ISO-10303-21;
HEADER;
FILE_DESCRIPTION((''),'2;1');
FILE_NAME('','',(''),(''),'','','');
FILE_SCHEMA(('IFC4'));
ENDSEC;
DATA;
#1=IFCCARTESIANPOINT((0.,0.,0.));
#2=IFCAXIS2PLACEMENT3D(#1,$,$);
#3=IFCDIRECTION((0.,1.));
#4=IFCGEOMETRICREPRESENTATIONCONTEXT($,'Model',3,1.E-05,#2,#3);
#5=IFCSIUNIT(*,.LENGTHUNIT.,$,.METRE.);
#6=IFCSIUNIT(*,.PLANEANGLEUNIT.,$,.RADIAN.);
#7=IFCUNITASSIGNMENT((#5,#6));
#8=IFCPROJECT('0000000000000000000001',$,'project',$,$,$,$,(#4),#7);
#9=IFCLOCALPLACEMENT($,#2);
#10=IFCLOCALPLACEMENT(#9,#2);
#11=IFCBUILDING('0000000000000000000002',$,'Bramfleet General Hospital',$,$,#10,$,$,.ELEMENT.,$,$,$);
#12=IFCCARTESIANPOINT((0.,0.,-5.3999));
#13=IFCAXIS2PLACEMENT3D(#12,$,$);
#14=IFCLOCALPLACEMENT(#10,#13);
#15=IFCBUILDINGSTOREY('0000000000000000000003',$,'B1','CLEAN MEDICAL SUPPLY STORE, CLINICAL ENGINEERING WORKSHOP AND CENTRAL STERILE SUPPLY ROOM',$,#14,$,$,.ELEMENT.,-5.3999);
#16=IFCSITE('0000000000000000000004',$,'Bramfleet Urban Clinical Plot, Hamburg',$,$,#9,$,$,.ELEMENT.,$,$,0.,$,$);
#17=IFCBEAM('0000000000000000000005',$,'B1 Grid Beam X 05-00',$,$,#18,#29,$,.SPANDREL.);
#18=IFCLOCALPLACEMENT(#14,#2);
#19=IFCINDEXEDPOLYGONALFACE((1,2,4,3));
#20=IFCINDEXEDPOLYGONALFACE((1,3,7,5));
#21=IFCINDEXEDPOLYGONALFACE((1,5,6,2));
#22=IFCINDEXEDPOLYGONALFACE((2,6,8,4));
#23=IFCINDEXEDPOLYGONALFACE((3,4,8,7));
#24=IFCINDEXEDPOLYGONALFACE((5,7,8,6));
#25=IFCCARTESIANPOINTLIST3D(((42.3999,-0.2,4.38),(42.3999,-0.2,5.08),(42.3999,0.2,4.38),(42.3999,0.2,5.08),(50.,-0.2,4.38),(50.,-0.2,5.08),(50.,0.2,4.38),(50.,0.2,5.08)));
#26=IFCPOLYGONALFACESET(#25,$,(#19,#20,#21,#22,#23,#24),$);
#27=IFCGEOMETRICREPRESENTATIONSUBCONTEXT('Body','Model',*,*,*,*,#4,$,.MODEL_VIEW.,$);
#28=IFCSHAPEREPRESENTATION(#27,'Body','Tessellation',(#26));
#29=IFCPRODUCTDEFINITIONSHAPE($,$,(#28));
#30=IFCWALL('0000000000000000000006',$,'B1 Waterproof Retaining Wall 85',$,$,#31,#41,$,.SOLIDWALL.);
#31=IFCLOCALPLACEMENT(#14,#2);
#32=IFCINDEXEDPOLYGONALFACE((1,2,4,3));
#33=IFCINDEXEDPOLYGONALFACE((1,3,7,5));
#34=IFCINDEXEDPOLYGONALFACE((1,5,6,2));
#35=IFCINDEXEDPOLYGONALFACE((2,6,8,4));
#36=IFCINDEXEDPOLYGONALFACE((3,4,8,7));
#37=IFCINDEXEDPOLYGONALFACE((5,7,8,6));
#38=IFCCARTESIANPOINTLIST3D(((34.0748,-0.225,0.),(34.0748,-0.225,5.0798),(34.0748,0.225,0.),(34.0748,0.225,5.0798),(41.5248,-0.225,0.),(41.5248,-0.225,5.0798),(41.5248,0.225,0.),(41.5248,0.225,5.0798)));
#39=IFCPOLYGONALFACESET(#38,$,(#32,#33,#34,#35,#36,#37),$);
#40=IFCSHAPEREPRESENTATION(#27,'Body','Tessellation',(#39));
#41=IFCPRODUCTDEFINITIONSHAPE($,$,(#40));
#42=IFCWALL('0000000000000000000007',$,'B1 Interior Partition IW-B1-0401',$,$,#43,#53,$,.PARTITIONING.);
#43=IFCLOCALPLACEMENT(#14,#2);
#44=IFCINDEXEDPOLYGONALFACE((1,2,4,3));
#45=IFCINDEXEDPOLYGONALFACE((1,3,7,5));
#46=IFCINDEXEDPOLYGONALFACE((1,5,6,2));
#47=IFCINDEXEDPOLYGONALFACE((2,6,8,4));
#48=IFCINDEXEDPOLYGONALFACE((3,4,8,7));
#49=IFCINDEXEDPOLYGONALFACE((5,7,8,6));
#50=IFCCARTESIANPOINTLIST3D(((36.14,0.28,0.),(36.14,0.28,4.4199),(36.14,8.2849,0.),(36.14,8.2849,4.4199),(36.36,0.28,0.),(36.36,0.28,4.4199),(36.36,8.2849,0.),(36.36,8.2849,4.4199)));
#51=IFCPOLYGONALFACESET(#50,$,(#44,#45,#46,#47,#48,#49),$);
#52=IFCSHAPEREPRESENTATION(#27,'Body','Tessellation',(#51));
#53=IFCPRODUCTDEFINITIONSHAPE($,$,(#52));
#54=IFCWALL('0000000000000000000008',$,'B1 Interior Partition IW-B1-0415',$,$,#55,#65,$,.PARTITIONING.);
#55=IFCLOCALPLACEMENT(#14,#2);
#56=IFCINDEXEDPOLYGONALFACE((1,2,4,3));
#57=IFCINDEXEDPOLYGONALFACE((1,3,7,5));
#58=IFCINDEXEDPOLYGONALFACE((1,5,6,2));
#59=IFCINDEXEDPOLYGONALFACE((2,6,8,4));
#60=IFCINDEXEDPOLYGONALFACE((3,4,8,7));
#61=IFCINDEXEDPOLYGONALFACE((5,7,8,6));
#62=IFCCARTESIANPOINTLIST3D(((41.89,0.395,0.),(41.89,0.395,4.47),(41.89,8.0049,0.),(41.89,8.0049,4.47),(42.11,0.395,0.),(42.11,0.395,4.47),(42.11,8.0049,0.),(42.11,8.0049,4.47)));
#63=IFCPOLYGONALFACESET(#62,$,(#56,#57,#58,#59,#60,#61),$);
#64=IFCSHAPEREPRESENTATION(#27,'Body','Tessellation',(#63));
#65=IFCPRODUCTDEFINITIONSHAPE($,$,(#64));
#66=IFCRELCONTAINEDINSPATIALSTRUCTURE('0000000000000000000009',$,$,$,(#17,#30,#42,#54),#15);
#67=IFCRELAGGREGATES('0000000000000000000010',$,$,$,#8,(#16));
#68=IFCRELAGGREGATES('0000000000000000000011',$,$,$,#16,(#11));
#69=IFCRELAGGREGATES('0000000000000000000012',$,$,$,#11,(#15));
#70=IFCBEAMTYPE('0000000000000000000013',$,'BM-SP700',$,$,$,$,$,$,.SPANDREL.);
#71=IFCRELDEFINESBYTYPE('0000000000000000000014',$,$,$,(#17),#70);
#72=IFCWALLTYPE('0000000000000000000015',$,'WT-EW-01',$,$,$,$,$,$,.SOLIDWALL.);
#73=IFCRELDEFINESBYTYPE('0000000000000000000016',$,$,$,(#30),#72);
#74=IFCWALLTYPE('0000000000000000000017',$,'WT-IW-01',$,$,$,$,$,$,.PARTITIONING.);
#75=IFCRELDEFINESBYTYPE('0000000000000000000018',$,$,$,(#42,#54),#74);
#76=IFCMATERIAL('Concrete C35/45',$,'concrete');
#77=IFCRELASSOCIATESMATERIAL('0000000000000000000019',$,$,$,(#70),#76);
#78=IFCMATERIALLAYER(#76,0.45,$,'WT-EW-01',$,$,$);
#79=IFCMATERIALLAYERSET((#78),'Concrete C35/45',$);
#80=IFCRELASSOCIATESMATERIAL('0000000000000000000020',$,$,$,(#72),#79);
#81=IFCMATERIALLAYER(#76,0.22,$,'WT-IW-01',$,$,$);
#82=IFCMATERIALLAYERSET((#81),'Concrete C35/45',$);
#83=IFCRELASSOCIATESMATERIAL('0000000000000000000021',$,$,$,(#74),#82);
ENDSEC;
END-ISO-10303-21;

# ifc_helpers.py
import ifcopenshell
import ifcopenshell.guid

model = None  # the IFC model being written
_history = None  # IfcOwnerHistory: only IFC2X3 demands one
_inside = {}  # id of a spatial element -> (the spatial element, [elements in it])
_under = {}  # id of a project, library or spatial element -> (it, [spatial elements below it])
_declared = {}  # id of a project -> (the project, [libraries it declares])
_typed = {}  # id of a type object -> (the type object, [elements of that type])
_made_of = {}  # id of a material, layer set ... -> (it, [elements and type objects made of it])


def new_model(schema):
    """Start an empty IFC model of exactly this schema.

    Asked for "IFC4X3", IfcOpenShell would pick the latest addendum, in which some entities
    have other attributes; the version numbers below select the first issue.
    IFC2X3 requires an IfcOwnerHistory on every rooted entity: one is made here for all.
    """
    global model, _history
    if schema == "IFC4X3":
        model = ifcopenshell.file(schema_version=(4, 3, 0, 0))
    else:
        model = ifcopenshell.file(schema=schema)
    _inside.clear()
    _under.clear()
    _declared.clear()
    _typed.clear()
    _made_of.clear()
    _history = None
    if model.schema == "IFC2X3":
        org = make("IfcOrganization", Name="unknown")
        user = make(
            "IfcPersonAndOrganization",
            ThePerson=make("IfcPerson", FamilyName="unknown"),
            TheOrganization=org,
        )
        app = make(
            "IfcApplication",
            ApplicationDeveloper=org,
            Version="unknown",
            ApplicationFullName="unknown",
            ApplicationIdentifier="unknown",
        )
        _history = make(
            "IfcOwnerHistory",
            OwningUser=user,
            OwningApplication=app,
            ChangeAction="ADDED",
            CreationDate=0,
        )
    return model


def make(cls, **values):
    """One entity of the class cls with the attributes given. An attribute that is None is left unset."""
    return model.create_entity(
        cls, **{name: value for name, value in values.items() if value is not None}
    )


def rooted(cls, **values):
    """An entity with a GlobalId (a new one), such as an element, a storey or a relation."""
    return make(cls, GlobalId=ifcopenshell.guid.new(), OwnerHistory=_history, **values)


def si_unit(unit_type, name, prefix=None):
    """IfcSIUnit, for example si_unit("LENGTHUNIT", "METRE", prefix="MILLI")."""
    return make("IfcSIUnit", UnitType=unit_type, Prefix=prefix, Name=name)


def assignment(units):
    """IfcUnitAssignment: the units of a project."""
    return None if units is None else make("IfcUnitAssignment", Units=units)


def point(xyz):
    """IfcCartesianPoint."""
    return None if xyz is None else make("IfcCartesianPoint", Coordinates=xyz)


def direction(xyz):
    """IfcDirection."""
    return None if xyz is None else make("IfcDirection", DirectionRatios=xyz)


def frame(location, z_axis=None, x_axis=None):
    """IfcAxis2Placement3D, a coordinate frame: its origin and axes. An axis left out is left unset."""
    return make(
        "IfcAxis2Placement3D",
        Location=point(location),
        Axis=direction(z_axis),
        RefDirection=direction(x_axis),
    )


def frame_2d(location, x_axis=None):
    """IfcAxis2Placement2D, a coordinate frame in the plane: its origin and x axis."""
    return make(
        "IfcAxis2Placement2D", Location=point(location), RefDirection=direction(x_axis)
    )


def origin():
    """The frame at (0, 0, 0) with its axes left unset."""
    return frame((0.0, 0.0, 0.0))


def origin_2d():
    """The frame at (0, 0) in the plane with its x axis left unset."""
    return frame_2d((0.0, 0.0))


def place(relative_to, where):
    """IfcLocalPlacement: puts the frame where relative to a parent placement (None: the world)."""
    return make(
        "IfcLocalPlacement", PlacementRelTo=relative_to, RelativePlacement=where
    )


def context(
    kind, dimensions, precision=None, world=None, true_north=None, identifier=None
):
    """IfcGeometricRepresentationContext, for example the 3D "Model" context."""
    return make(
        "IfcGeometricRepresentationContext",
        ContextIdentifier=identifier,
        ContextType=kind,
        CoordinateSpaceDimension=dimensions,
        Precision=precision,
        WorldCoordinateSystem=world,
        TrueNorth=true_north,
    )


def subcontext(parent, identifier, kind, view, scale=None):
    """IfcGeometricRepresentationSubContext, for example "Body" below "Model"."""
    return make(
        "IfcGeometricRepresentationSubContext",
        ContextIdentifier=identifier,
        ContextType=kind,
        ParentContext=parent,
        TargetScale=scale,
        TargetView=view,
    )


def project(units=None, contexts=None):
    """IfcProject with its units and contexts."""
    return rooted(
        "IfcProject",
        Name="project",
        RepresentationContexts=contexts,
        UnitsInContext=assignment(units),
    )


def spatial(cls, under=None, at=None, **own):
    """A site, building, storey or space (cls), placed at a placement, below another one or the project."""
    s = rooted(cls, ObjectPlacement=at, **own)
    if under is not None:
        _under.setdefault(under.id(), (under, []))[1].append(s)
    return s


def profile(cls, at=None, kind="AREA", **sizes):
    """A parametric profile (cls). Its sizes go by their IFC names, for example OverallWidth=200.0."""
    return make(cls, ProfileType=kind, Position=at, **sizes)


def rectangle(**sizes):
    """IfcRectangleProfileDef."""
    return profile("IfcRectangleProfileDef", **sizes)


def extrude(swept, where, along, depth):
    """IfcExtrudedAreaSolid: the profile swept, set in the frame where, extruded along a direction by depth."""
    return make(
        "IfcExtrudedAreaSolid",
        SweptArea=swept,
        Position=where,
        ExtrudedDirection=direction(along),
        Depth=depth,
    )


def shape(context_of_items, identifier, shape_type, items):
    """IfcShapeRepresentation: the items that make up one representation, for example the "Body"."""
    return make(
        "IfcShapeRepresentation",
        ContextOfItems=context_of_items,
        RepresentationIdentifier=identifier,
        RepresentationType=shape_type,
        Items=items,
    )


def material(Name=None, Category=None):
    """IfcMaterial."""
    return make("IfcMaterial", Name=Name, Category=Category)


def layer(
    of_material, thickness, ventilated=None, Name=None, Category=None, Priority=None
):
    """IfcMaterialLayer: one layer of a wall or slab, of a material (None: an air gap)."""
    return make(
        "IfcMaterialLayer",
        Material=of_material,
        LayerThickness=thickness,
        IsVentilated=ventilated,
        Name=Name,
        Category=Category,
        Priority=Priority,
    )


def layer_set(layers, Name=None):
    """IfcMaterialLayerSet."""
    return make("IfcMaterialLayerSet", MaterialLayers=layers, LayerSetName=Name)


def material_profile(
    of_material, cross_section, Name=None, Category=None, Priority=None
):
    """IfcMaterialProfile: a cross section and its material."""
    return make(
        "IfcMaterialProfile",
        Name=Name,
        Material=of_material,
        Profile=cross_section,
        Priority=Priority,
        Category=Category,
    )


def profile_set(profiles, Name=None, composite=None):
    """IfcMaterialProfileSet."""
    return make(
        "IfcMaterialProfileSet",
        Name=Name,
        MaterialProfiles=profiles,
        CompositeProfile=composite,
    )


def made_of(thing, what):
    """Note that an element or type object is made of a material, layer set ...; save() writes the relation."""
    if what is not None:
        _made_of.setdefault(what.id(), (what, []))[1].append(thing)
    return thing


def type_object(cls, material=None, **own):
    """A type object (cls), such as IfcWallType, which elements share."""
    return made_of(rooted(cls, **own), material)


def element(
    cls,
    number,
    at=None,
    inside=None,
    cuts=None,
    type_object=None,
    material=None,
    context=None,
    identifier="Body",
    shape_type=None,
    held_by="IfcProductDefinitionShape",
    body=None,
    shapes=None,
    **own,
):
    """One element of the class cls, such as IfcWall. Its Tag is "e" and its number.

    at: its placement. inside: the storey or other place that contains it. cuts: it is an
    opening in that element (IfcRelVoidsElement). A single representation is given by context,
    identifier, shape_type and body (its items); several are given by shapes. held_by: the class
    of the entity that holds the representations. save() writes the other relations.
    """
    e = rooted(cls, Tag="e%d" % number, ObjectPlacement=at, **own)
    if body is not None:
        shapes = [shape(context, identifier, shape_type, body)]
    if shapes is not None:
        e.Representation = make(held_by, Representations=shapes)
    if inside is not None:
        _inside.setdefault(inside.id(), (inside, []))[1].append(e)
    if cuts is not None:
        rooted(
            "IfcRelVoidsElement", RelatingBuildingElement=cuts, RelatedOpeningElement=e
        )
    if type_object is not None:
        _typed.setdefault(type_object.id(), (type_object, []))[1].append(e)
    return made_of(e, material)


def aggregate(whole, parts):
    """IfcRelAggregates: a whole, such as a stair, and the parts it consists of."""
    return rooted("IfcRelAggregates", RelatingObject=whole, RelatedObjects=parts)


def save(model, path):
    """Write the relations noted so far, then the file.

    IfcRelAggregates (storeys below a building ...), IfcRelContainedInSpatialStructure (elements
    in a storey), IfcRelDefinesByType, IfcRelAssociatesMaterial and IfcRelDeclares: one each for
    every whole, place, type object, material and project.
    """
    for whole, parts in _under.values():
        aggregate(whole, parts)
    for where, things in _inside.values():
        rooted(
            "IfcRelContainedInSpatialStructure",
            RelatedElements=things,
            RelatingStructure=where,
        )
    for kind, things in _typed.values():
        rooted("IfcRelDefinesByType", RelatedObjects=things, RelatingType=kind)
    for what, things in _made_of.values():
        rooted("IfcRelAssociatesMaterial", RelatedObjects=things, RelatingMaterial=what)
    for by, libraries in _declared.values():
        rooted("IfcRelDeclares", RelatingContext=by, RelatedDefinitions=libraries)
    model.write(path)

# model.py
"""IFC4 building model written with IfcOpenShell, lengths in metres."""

from ifc_helpers import new_model, si_unit, direction, frame, frame_2d, origin, origin_2d, place, context, subcontext, project, spatial, rectangle, extrude, material, layer, layer_set, material_profile, profile_set, type_object, element, save


model = new_model("IFC4")

# Units and contexts
model_context = context("Model", 3, precision=1e-05, world=origin(), true_north=direction((0.0, 1.0)))
body_context = subcontext(model_context, "Body", "Model", "MODEL_VIEW")
ifc_project = project(units=[si_unit("LENGTHUNIT", "METRE"), si_unit("PLANEANGLEUNIT", "RADIAN")], contexts=[model_context])

# Site, building, storey
site_placement = place(None, origin())
site = spatial("IfcSite", under=ifc_project, at=site_placement, Name="Bramfleet Urban Clinical Plot, Hamburg", CompositionType="ELEMENT", RefElevation=0.0)
building_placement = place(site_placement, origin())
building = spatial("IfcBuilding", under=site, at=building_placement, Name="Bramfleet General Hospital", CompositionType="ELEMENT")
storey_placement = place(building_placement, frame((0.0, 0.0, -5.3999)))
storey = spatial("IfcBuildingStorey", under=building, at=storey_placement, Name="B1", Description="CLEAN MEDICAL SUPPLY STORE, CLINICAL ENGINEERING WORKSHOP AND CENTRAL STERILE SUPPLY ROOM", CompositionType="ELEMENT", Elevation=-5.3999)

# Shared definitions
ifc_material_1 = material(Name="Concrete C35/45", Category="concrete")

# Beam
ifc_material_profile_1 = material_profile(ifc_material_1, rectangle(XDim=0.3999, YDim=0.7, at=origin_2d()), Name="RC SP 700x400")
ifc_profile_set_1 = profile_set([ifc_material_profile_1], Name="Concrete C35/45")
beam_type_1 = type_object("IfcBeamType", Name="BM-SP700", PredefinedType="SPANDREL", material=ifc_profile_set_1)
beam_1_placement = place(storey_placement, frame((42.3999, 0.0, 4.73), z_axis=(1.0, 0.0, 0.0), x_axis=(0.0, 1.0, 0.0)))
element("IfcBeam", 1, at=beam_1_placement, inside=storey, type_object=beam_type_1, Name="B1 Grid Beam X 05-00", PredefinedType="SPANDREL", context=body_context, shape_type="SweptSolid", body=[
    extrude(rectangle(XDim=0.3999, YDim=0.7, at=origin_2d()), origin(), (0.0, 0.0, 1.0), 7.6001),
])

# Walls
ifc_layer_1 = layer(ifc_material_1, 0.45, Name="WT-EW-01")
ifc_layer_set_1 = layer_set([ifc_layer_1], Name="Concrete C35/45")
wall_type_1 = type_object("IfcWallType", Name="WT-EW-01", PredefinedType="SOLIDWALL", material=ifc_layer_set_1)
wall_1_placement = place(storey_placement, frame((41.5249, 0.0, 0.0), z_axis=(0.0, 0.0, 1.0), x_axis=(-1.0, 0.0, 0.0)))
element("IfcWall", 2, at=wall_1_placement, inside=storey, type_object=wall_type_1, Name="B1 Waterproof Retaining Wall 85", PredefinedType="SOLIDWALL", context=body_context, shape_type="SweptSolid", body=[
    extrude(rectangle(XDim=7.45, YDim=0.45, at=frame_2d((3.7251, 0.0))), origin(), (0.0, 0.0, 1.0), 5.0798),
])
ifc_layer_2 = layer(ifc_material_1, 0.22, Name="WT-IW-01")
ifc_layer_set_2 = layer_set([ifc_layer_2], Name="Concrete C35/45")
wall_type_2 = type_object("IfcWallType", Name="WT-IW-01", PredefinedType="PARTITIONING", material=ifc_layer_set_2)
wall_2_placement = place(storey_placement, frame((36.25, 0.28, 0.0), z_axis=(0.0, 0.0, 1.0), x_axis=(0.0, 1.0, 0.0)))
element("IfcWall", 3, at=wall_2_placement, inside=storey, type_object=wall_type_2, Name="B1 Interior Partition IW-B1-0401", PredefinedType="PARTITIONING", context=body_context, shape_type="SweptSolid", body=[
    extrude(rectangle(XDim=8.0049, YDim=0.22, at=frame_2d((4.0024, 0.0))), origin(), (0.0, 0.0, 1.0), 4.4199),
])
wall_3_placement = place(storey_placement, frame((42.0, 0.395, 0.0), z_axis=(0.0, 0.0, 1.0), x_axis=(0.0, 1.0, 0.0)))
element("IfcWall", 4, at=wall_3_placement, inside=storey, type_object=wall_type_2, Name="B1 Interior Partition IW-B1-0415", PredefinedType="PARTITIONING", context=body_context, shape_type="SweptSolid", body=[
    extrude(rectangle(XDim=7.6099, YDim=0.22, at=frame_2d((3.8049, 0.0))), origin(), (0.0, 0.0, 1.0), 4.47),
])

save(model, "model.ifc")
